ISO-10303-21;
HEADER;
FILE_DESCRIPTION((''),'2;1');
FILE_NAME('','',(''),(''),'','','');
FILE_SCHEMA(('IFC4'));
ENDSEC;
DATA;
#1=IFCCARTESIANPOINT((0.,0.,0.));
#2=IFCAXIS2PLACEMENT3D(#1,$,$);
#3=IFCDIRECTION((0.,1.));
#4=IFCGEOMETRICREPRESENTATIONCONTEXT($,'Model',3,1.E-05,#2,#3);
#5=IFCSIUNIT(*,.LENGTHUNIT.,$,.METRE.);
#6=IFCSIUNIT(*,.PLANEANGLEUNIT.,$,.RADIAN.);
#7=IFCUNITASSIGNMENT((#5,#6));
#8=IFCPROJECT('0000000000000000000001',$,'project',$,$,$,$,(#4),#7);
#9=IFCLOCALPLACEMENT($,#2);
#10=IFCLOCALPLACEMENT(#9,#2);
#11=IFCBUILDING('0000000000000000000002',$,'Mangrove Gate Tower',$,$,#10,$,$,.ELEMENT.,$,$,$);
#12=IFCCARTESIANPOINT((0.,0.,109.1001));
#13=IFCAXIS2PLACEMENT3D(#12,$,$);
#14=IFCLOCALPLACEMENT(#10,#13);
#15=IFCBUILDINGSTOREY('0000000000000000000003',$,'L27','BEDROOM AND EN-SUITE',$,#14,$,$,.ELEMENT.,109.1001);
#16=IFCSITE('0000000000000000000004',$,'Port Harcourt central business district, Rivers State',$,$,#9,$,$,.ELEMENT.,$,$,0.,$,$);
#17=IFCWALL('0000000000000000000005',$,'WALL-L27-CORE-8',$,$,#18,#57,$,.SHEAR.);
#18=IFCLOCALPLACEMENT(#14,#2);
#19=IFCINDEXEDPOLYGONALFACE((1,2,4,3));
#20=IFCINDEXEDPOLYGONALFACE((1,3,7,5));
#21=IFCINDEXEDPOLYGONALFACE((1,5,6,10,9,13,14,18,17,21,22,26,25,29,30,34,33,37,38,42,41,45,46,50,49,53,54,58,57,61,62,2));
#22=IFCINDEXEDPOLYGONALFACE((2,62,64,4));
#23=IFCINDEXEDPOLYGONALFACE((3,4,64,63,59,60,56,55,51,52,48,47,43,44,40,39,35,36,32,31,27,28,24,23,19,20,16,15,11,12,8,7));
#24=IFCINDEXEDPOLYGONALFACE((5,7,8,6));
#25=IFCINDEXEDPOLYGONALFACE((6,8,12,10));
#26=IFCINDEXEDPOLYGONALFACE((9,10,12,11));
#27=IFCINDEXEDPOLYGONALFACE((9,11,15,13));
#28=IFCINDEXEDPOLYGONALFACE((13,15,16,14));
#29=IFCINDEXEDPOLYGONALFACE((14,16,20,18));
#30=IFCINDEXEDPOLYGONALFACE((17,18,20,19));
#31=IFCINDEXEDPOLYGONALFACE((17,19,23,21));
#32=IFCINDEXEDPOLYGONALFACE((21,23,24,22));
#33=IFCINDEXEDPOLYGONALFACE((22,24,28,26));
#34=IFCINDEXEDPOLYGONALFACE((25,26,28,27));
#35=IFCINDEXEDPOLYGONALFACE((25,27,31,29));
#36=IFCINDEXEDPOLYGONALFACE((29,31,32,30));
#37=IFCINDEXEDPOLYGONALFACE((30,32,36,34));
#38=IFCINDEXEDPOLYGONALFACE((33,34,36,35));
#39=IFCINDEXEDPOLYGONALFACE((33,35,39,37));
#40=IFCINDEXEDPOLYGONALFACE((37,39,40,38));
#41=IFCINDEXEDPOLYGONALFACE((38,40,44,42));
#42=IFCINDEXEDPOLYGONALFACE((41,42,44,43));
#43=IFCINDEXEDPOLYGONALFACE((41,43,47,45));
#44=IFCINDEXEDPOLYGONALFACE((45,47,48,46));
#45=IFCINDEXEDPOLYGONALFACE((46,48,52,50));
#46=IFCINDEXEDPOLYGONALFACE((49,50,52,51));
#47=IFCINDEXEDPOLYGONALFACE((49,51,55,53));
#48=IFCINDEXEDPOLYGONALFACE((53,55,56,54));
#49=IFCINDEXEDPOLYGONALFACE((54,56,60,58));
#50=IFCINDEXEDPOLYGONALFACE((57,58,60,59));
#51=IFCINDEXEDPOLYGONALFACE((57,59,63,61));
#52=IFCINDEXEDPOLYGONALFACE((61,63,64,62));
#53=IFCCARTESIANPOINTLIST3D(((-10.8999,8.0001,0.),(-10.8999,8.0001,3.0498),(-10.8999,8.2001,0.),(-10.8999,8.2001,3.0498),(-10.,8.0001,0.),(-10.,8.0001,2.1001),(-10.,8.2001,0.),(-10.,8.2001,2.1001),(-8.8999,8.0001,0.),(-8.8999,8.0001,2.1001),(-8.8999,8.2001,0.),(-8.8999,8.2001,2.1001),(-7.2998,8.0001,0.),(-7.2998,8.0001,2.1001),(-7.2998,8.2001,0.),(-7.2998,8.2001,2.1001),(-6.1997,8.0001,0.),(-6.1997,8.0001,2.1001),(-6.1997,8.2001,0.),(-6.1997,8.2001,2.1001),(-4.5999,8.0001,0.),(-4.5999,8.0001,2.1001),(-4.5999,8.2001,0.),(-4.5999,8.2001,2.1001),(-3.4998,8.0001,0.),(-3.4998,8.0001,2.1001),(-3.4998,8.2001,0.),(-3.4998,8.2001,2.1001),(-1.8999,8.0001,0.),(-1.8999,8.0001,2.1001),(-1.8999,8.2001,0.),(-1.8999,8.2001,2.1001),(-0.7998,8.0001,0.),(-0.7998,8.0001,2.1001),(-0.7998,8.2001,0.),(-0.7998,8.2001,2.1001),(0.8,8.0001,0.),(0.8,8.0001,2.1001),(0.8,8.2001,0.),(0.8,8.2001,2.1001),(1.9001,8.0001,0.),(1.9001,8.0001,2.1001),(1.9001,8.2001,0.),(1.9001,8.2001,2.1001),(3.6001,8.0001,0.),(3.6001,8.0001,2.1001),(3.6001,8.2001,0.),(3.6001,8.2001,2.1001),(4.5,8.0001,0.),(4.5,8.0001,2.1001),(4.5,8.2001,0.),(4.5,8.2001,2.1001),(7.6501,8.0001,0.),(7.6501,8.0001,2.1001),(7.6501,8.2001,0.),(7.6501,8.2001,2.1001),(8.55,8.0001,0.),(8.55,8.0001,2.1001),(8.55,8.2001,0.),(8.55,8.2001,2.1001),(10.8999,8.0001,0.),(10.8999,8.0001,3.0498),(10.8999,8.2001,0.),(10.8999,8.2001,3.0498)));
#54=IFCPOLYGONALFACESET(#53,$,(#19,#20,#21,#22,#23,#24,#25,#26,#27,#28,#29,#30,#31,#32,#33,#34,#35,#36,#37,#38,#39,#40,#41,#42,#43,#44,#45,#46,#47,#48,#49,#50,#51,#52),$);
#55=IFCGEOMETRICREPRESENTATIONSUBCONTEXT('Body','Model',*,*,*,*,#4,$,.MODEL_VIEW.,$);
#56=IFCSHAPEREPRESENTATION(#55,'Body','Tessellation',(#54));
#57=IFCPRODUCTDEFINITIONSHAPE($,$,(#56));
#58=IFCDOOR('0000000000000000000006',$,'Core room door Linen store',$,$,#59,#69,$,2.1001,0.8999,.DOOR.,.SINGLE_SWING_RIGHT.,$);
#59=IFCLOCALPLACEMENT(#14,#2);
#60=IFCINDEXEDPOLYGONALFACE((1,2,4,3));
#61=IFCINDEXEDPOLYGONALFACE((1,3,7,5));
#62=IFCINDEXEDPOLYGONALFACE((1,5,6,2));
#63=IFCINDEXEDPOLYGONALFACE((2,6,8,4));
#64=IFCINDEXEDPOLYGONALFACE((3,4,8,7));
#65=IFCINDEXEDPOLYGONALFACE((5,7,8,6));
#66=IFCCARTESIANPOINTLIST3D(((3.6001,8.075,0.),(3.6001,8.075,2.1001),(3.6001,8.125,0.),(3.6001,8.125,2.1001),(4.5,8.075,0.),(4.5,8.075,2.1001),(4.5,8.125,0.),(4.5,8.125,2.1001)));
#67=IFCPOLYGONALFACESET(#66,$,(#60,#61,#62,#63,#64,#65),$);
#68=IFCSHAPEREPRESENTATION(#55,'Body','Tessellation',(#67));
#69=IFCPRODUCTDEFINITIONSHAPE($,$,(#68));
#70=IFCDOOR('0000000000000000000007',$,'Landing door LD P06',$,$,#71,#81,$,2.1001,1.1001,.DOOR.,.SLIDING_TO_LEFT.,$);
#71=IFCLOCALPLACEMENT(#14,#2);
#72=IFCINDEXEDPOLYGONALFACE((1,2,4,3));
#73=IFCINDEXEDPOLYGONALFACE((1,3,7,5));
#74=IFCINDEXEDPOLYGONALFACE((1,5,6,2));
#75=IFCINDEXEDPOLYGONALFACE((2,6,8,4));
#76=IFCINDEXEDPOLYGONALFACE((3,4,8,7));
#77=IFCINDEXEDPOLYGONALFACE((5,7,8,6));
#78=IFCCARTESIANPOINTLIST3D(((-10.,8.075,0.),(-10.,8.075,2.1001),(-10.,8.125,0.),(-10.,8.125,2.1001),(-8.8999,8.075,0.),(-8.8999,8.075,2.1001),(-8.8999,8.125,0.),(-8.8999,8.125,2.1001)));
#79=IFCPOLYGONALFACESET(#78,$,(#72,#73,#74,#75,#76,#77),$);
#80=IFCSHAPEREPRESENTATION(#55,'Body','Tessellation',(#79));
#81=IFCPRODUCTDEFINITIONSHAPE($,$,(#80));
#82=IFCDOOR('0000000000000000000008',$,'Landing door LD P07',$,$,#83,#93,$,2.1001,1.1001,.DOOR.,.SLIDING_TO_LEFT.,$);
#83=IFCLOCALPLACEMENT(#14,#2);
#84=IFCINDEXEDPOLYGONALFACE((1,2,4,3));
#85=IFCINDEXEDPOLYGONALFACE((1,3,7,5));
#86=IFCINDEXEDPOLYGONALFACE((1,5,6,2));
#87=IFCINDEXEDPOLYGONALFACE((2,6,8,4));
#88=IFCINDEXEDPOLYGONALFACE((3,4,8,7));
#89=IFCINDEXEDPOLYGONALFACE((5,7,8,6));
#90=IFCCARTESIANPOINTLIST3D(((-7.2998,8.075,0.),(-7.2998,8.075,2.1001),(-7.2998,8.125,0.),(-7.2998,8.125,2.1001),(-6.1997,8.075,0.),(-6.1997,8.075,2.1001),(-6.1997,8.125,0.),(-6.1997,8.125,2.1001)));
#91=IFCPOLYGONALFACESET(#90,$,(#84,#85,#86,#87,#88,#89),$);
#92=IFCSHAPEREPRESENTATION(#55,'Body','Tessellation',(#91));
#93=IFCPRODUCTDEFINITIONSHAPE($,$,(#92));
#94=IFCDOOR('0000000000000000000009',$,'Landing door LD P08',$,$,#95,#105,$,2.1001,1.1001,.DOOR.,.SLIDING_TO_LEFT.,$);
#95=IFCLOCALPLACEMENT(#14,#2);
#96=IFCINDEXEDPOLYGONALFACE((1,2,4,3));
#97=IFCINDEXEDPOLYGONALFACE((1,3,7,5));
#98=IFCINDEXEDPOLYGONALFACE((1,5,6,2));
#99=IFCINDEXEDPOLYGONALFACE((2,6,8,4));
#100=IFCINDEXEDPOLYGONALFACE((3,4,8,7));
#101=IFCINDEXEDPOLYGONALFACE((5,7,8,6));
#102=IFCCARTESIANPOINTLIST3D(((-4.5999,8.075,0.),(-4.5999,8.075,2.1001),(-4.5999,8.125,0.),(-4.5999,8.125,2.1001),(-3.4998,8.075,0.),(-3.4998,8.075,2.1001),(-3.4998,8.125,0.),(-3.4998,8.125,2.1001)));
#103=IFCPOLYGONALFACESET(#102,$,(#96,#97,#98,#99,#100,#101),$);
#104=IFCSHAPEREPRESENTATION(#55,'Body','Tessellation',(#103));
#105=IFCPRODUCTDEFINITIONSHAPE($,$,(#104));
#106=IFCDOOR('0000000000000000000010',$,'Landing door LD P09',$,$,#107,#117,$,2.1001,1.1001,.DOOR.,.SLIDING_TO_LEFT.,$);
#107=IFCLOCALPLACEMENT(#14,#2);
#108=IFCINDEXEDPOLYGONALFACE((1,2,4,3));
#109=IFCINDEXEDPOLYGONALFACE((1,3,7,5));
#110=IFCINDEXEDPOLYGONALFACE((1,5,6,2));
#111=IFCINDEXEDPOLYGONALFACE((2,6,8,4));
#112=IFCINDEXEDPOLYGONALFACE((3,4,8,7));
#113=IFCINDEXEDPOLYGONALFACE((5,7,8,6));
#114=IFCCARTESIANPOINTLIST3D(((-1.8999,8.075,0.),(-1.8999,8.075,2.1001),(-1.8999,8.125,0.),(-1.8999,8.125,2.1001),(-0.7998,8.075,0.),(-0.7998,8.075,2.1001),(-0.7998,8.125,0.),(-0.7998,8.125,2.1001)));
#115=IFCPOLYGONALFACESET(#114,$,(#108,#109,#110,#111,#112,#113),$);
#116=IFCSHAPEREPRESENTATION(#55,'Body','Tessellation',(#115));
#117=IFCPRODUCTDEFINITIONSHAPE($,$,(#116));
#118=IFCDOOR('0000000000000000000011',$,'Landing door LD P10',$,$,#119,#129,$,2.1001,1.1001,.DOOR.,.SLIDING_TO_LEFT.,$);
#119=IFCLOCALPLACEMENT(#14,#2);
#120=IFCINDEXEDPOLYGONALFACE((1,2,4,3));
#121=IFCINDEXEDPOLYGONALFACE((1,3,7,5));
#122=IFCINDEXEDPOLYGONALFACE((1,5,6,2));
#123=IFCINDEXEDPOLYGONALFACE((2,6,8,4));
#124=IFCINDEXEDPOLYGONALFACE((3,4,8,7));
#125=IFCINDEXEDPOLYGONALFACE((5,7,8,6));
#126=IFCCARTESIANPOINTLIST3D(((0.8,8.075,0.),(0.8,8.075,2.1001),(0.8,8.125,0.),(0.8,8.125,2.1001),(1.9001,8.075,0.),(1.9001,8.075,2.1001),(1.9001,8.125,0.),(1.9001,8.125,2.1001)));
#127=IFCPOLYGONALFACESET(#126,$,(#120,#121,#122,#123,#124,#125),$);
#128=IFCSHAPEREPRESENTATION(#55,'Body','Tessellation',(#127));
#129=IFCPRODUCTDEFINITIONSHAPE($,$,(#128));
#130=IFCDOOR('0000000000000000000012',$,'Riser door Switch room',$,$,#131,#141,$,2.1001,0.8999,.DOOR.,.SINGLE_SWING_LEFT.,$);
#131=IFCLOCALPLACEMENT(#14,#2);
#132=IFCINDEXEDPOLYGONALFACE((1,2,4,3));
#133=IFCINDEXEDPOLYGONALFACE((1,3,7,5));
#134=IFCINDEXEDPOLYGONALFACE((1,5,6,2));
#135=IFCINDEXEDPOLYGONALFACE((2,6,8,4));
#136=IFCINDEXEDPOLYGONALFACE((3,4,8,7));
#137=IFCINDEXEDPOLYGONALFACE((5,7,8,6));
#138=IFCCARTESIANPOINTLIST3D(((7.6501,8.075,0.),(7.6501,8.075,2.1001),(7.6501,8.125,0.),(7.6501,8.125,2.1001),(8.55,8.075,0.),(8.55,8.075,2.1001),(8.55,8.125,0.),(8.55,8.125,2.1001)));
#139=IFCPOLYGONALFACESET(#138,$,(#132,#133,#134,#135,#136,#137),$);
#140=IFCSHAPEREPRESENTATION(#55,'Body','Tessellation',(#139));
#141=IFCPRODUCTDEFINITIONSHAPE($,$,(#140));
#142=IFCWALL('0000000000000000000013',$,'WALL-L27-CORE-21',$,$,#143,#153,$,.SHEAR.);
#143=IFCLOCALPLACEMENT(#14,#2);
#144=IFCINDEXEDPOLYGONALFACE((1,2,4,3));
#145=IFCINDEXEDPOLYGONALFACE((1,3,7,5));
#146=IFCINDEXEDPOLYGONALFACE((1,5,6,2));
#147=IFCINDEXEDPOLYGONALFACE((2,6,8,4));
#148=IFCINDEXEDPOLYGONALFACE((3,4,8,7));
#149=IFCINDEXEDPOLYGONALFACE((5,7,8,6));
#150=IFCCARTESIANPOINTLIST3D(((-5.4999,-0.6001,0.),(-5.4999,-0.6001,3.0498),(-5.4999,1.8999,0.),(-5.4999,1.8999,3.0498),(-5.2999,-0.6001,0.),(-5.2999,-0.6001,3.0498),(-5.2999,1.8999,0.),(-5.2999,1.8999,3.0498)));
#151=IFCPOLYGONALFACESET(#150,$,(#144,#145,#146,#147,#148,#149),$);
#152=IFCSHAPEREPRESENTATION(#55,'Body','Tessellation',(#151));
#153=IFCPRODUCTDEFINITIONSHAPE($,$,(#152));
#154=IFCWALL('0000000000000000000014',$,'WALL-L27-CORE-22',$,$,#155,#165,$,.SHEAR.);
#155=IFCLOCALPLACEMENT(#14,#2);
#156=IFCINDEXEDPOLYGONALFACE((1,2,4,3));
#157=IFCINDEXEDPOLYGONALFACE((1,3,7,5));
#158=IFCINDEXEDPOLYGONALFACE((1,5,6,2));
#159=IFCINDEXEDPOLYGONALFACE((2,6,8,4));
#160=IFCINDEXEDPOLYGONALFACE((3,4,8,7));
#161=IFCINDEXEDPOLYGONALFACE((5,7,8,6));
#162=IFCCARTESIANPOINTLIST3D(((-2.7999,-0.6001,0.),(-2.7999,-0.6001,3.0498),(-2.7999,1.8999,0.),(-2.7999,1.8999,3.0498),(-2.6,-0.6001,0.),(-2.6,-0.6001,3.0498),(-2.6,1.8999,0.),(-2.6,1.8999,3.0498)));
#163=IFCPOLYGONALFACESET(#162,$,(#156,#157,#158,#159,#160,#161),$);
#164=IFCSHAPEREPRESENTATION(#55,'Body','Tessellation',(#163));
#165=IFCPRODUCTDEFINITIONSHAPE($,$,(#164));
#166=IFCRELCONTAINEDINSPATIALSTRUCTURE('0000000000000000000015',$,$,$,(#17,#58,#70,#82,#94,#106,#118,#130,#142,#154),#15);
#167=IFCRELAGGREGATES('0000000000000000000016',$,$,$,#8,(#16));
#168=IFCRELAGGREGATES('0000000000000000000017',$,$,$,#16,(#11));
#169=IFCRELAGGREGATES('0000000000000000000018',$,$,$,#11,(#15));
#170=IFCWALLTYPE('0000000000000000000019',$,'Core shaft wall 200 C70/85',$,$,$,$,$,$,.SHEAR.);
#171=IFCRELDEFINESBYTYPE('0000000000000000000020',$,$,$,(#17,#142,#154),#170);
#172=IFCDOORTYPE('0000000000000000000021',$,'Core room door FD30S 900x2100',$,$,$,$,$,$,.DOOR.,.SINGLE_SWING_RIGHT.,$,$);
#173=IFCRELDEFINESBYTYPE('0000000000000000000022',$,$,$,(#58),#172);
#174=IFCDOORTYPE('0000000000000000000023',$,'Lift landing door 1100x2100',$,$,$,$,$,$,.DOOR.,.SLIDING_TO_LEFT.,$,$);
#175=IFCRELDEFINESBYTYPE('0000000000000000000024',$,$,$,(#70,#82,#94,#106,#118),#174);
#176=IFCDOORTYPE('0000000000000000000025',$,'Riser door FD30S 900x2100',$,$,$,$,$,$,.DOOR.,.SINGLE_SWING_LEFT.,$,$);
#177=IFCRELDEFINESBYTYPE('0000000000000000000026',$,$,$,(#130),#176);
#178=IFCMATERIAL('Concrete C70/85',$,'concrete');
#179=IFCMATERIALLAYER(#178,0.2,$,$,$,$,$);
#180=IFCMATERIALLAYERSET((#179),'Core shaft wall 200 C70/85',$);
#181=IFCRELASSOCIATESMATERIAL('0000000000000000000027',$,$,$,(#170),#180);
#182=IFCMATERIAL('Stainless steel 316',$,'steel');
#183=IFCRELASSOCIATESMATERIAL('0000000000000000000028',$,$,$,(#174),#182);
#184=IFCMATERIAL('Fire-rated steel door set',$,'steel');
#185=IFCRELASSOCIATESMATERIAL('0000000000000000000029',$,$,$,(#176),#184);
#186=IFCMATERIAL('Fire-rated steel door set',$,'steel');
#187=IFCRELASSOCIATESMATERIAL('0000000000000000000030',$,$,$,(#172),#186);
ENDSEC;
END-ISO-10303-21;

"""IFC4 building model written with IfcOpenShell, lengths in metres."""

from ifc_helpers import new_model, si_unit, direction, frame, frame_2d, origin, place, context, subcontext, project, spatial, rectangle, extrude, material, layer, layer_set, type_object, element, fill, save


model = new_model("IFC4")

# Units and contexts
model_context = context("Model", 3, precision=1e-05, world=origin(), true_north=direction((0.0, 1.0)))
body_context = subcontext(model_context, "Body", "Model", "MODEL_VIEW")
ifc_project = project(units=[si_unit("LENGTHUNIT", "METRE"), si_unit("PLANEANGLEUNIT", "RADIAN")], contexts=[model_context])

# Site, building, storey
site_placement = place(None, origin())
site = spatial("IfcSite", under=ifc_project, at=site_placement, Name="Port Harcourt central business district, Rivers State", CompositionType="ELEMENT", RefElevation=0.0)
building_placement = place(site_placement, origin())
building = spatial("IfcBuilding", under=site, at=building_placement, Name="Mangrove Gate Tower", CompositionType="ELEMENT")
storey_placement = place(building_placement, frame((0.0, 0.0, 109.1001)))
storey = spatial("IfcBuildingStorey", under=building, at=storey_placement, Name="L27", Description="BEDROOM AND EN-SUITE", CompositionType="ELEMENT", Elevation=109.1001)

# Wall, openings, doors
ifc_material_1 = material(Name="Concrete C70/85", Category="concrete")
ifc_layer = layer(ifc_material_1, 0.2)
ifc_layer_set = layer_set([ifc_layer], Name="Core shaft wall 200 C70/85")
wall_type = type_object("IfcWallType", Name="Core shaft wall 200 C70/85", PredefinedType="SHEAR", material=ifc_layer_set)
ifc_material_2 = material(Name="Stainless steel 316", Category="steel")
door_type_1 = type_object("IfcDoorType", Name="Lift landing door 1100x2100", OperationType="SLIDING_TO_LEFT", PredefinedType="DOOR", material=ifc_material_2)
ifc_material_3 = material(Name="Fire-rated steel door set", Category="steel")
door_type_2 = type_object("IfcDoorType", Name="Riser door FD30S 900x2100", OperationType="SINGLE_SWING_LEFT", PredefinedType="DOOR", material=ifc_material_3)
wall_1_placement = place(storey_placement, frame((-10.8999, 8.1001, 0.0), z_axis=(0.0, 0.0, 1.0), x_axis=(1.0, 0.0, 0.0)))
wall_1 = element("IfcWall", 1, at=wall_1_placement, inside=storey, type_object=wall_type, Name="WALL-L27-CORE-8", PredefinedType="SHEAR", context=body_context, shape_type="SweptSolid", body=[
    extrude(rectangle(XDim=21.7998, YDim=0.2, at=frame_2d((10.8999, 0.0))), origin(), (0.0, 0.0, 1.0), 3.0498),
])
opening_1_placement = place(wall_1_placement, frame((0.8999, 0.0, 0.0)))
opening_1 = element("IfcOpeningElement", 2, at=opening_1_placement, cuts=wall_1, PredefinedType="OPENING", context=body_context, shape_type="SweptSolid", body=[
    extrude(rectangle(XDim=1.1001, YDim=2.1001, at=frame_2d((0.55, 1.05))), frame((0.0, 0.1099, 0.0), z_axis=(0.0, -1.0, 0.0), x_axis=(1.0, 0.0, 0.0)), (0.0, 0.0, 1.0), 0.22),
])
opening_2_placement = place(wall_1_placement, frame((3.6001, 0.0, 0.0)))
opening_2 = element("IfcOpeningElement", 3, at=opening_2_placement, cuts=wall_1, PredefinedType="OPENING", context=body_context, shape_type="SweptSolid", body=[
    extrude(rectangle(XDim=1.1001, YDim=2.1001, at=frame_2d((0.55, 1.05))), frame((0.0, 0.1099, 0.0), z_axis=(0.0, -1.0, 0.0), x_axis=(1.0, 0.0, 0.0)), (0.0, 0.0, 1.0), 0.22),
])
opening_3_placement = place(wall_1_placement, frame((6.3, 0.0, 0.0)))
opening_3 = element("IfcOpeningElement", 4, at=opening_3_placement, cuts=wall_1, PredefinedType="OPENING", context=body_context, shape_type="SweptSolid", body=[
    extrude(rectangle(XDim=1.1001, YDim=2.1001, at=frame_2d((0.55, 1.05))), frame((0.0, 0.1099, 0.0), z_axis=(0.0, -1.0, 0.0), x_axis=(1.0, 0.0, 0.0)), (0.0, 0.0, 1.0), 0.22),
])
opening_4_placement = place(wall_1_placement, frame((9.0, 0.0, 0.0)))
opening_4 = element("IfcOpeningElement", 5, at=opening_4_placement, cuts=wall_1, PredefinedType="OPENING", context=body_context, shape_type="SweptSolid", body=[
    extrude(rectangle(XDim=1.1001, YDim=2.1001, at=frame_2d((0.55, 1.05))), frame((0.0, 0.1099, 0.0), z_axis=(0.0, -1.0, 0.0), x_axis=(1.0, 0.0, 0.0)), (0.0, 0.0, 1.0), 0.22),
])
opening_5_placement = place(wall_1_placement, frame((11.7, 0.0, 0.0)))
opening_5 = element("IfcOpeningElement", 6, at=opening_5_placement, cuts=wall_1, PredefinedType="OPENING", context=body_context, shape_type="SweptSolid", body=[
    extrude(rectangle(XDim=1.1001, YDim=2.1001, at=frame_2d((0.55, 1.05))), frame((0.0, 0.1099, 0.0), z_axis=(0.0, -1.0, 0.0), x_axis=(1.0, 0.0, 0.0)), (0.0, 0.0, 1.0), 0.22),
])
opening_6_placement = place(wall_1_placement, frame((14.5, 0.0, 0.0)))
opening_6 = element("IfcOpeningElement", 7, at=opening_6_placement, cuts=wall_1, PredefinedType="OPENING", context=body_context, shape_type="SweptSolid", body=[
    extrude(rectangle(XDim=0.8999, YDim=2.1001, at=frame_2d((0.45, 1.05))), frame((0.0, 0.1099, 0.0), z_axis=(0.0, -1.0, 0.0), x_axis=(1.0, 0.0, 0.0)), (0.0, 0.0, 1.0), 0.22),
])
opening_7_placement = place(wall_1_placement, frame((18.55, 0.0, 0.0)))
opening_7 = element("IfcOpeningElement", 8, at=opening_7_placement, cuts=wall_1, PredefinedType="OPENING", context=body_context, shape_type="SweptSolid", body=[
    extrude(rectangle(XDim=0.8999, YDim=2.1001, at=frame_2d((0.45, 1.05))), frame((0.0, 0.1099, 0.0), z_axis=(0.0, -1.0, 0.0), x_axis=(1.0, 0.0, 0.0)), (0.0, 0.0, 1.0), 0.22),
])
ifc_material_4 = material(Name="Fire-rated steel door set", Category="steel")
door_type_3 = type_object("IfcDoorType", Name="Core room door FD30S 900x2100", OperationType="SINGLE_SWING_RIGHT", PredefinedType="DOOR", material=ifc_material_4)
door_1_placement = place(opening_6_placement, origin())
door_1 = element("IfcDoor", 9, at=door_1_placement, inside=storey, type_object=door_type_3, Name="Core room door Linen store", OperationType="SINGLE_SWING_RIGHT", OverallHeight=2.1001, OverallWidth=0.8999, PredefinedType="DOOR", context=body_context, shape_type="SweptSolid", body=[
    extrude(rectangle(XDim=0.8999, YDim=2.1001, at=frame_2d((0.45, 1.05))), frame((0.0, 0.0249, 0.0), z_axis=(0.0, -1.0, 0.0), x_axis=(1.0, 0.0, 0.0)), (0.0, 0.0, 1.0), 0.05),
])
fill(opening_6, door_1)
door_2_placement = place(opening_1_placement, origin())
door_2 = element("IfcDoor", 10, at=door_2_placement, inside=storey, type_object=door_type_1, Name="Landing door LD P06", OperationType="SLIDING_TO_LEFT", OverallHeight=2.1001, OverallWidth=1.1001, PredefinedType="DOOR", context=body_context, shape_type="SweptSolid", body=[
    extrude(rectangle(XDim=1.1001, YDim=2.1001, at=frame_2d((0.55, 1.05))), frame((0.0, 0.0249, 0.0), z_axis=(0.0, -1.0, 0.0), x_axis=(1.0, 0.0, 0.0)), (0.0, 0.0, 1.0), 0.05),
])
fill(opening_1, door_2)
door_3_placement = place(opening_2_placement, origin())
door_3 = element("IfcDoor", 11, at=door_3_placement, inside=storey, type_object=door_type_1, Name="Landing door LD P07", OperationType="SLIDING_TO_LEFT", OverallHeight=2.1001, OverallWidth=1.1001, PredefinedType="DOOR", context=body_context, shape_type="SweptSolid", body=[
    extrude(rectangle(XDim=1.1001, YDim=2.1001, at=frame_2d((0.55, 1.05))), frame((0.0, 0.0249, 0.0), z_axis=(0.0, -1.0, 0.0), x_axis=(1.0, 0.0, 0.0)), (0.0, 0.0, 1.0), 0.05),
])
fill(opening_2, door_3)
door_4_placement = place(opening_3_placement, origin())
door_4 = element("IfcDoor", 12, at=door_4_placement, inside=storey, type_object=door_type_1, Name="Landing door LD P08", OperationType="SLIDING_TO_LEFT", OverallHeight=2.1001, OverallWidth=1.1001, PredefinedType="DOOR", context=body_context, shape_type="SweptSolid", body=[
    extrude(rectangle(XDim=1.1001, YDim=2.1001, at=frame_2d((0.55, 1.05))), frame((0.0, 0.0249, 0.0), z_axis=(0.0, -1.0, 0.0), x_axis=(1.0, 0.0, 0.0)), (0.0, 0.0, 1.0), 0.05),
])
fill(opening_3, door_4)
door_5_placement = place(opening_4_placement, origin())
door_5 = element("IfcDoor", 13, at=door_5_placement, inside=storey, type_object=door_type_1, Name="Landing door LD P09", OperationType="SLIDING_TO_LEFT", OverallHeight=2.1001, OverallWidth=1.1001, PredefinedType="DOOR", context=body_context, shape_type="SweptSolid", body=[
    extrude(rectangle(XDim=1.1001, YDim=2.1001, at=frame_2d((0.55, 1.05))), frame((0.0, 0.0249, 0.0), z_axis=(0.0, -1.0, 0.0), x_axis=(1.0, 0.0, 0.0)), (0.0, 0.0, 1.0), 0.05),
])
fill(opening_4, door_5)
door_6_placement = place(opening_5_placement, origin())
door_6 = element("IfcDoor", 14, at=door_6_placement, inside=storey, type_object=door_type_1, Name="Landing door LD P10", OperationType="SLIDING_TO_LEFT", OverallHeight=2.1001, OverallWidth=1.1001, PredefinedType="DOOR", context=body_context, shape_type="SweptSolid", body=[
    extrude(rectangle(XDim=1.1001, YDim=2.1001, at=frame_2d((0.55, 1.05))), frame((0.0, 0.0249, 0.0), z_axis=(0.0, -1.0, 0.0), x_axis=(1.0, 0.0, 0.0)), (0.0, 0.0, 1.0), 0.05),
])
fill(opening_5, door_6)
door_7_placement = place(opening_7_placement, origin())
door_7 = element("IfcDoor", 15, at=door_7_placement, inside=storey, type_object=door_type_2, Name="Riser door Switch room", OperationType="SINGLE_SWING_LEFT", OverallHeight=2.1001, OverallWidth=0.8999, PredefinedType="DOOR", context=body_context, shape_type="SweptSolid", body=[
    extrude(rectangle(XDim=0.8999, YDim=2.1001, at=frame_2d((0.45, 1.05))), frame((0.0, 0.0249, 0.0), z_axis=(0.0, -1.0, 0.0), x_axis=(1.0, 0.0, 0.0)), (0.0, 0.0, 1.0), 0.05),
])
fill(opening_7, door_7)

# Walls
for number, where, z_axis, x_axis, name in (
    (16, (-5.3999, -0.6001, 0.0), (0.0, 0.0, 1.0), (0.0, 1.0, 0.0), "WALL-L27-CORE-21"),
    (17, (-2.7, -0.6001, 0.0), (0.0, 0.0, 1.0), (0.0, 1.0, 0.0), "WALL-L27-CORE-22"),
):
    element("IfcWall", number, at=place(storey_placement, frame(where, z_axis=z_axis, x_axis=x_axis)), inside=storey, type_object=wall_type, Name=name, PredefinedType="SHEAR", context=body_context, shape_type="SweptSolid", body=[
        extrude(rectangle(XDim=2.5, YDim=0.2, at=frame_2d((1.25, 0.0))), origin(), (0.0, 0.0, 1.0), 3.0498),
    ])

save(model, "model.ifc")
